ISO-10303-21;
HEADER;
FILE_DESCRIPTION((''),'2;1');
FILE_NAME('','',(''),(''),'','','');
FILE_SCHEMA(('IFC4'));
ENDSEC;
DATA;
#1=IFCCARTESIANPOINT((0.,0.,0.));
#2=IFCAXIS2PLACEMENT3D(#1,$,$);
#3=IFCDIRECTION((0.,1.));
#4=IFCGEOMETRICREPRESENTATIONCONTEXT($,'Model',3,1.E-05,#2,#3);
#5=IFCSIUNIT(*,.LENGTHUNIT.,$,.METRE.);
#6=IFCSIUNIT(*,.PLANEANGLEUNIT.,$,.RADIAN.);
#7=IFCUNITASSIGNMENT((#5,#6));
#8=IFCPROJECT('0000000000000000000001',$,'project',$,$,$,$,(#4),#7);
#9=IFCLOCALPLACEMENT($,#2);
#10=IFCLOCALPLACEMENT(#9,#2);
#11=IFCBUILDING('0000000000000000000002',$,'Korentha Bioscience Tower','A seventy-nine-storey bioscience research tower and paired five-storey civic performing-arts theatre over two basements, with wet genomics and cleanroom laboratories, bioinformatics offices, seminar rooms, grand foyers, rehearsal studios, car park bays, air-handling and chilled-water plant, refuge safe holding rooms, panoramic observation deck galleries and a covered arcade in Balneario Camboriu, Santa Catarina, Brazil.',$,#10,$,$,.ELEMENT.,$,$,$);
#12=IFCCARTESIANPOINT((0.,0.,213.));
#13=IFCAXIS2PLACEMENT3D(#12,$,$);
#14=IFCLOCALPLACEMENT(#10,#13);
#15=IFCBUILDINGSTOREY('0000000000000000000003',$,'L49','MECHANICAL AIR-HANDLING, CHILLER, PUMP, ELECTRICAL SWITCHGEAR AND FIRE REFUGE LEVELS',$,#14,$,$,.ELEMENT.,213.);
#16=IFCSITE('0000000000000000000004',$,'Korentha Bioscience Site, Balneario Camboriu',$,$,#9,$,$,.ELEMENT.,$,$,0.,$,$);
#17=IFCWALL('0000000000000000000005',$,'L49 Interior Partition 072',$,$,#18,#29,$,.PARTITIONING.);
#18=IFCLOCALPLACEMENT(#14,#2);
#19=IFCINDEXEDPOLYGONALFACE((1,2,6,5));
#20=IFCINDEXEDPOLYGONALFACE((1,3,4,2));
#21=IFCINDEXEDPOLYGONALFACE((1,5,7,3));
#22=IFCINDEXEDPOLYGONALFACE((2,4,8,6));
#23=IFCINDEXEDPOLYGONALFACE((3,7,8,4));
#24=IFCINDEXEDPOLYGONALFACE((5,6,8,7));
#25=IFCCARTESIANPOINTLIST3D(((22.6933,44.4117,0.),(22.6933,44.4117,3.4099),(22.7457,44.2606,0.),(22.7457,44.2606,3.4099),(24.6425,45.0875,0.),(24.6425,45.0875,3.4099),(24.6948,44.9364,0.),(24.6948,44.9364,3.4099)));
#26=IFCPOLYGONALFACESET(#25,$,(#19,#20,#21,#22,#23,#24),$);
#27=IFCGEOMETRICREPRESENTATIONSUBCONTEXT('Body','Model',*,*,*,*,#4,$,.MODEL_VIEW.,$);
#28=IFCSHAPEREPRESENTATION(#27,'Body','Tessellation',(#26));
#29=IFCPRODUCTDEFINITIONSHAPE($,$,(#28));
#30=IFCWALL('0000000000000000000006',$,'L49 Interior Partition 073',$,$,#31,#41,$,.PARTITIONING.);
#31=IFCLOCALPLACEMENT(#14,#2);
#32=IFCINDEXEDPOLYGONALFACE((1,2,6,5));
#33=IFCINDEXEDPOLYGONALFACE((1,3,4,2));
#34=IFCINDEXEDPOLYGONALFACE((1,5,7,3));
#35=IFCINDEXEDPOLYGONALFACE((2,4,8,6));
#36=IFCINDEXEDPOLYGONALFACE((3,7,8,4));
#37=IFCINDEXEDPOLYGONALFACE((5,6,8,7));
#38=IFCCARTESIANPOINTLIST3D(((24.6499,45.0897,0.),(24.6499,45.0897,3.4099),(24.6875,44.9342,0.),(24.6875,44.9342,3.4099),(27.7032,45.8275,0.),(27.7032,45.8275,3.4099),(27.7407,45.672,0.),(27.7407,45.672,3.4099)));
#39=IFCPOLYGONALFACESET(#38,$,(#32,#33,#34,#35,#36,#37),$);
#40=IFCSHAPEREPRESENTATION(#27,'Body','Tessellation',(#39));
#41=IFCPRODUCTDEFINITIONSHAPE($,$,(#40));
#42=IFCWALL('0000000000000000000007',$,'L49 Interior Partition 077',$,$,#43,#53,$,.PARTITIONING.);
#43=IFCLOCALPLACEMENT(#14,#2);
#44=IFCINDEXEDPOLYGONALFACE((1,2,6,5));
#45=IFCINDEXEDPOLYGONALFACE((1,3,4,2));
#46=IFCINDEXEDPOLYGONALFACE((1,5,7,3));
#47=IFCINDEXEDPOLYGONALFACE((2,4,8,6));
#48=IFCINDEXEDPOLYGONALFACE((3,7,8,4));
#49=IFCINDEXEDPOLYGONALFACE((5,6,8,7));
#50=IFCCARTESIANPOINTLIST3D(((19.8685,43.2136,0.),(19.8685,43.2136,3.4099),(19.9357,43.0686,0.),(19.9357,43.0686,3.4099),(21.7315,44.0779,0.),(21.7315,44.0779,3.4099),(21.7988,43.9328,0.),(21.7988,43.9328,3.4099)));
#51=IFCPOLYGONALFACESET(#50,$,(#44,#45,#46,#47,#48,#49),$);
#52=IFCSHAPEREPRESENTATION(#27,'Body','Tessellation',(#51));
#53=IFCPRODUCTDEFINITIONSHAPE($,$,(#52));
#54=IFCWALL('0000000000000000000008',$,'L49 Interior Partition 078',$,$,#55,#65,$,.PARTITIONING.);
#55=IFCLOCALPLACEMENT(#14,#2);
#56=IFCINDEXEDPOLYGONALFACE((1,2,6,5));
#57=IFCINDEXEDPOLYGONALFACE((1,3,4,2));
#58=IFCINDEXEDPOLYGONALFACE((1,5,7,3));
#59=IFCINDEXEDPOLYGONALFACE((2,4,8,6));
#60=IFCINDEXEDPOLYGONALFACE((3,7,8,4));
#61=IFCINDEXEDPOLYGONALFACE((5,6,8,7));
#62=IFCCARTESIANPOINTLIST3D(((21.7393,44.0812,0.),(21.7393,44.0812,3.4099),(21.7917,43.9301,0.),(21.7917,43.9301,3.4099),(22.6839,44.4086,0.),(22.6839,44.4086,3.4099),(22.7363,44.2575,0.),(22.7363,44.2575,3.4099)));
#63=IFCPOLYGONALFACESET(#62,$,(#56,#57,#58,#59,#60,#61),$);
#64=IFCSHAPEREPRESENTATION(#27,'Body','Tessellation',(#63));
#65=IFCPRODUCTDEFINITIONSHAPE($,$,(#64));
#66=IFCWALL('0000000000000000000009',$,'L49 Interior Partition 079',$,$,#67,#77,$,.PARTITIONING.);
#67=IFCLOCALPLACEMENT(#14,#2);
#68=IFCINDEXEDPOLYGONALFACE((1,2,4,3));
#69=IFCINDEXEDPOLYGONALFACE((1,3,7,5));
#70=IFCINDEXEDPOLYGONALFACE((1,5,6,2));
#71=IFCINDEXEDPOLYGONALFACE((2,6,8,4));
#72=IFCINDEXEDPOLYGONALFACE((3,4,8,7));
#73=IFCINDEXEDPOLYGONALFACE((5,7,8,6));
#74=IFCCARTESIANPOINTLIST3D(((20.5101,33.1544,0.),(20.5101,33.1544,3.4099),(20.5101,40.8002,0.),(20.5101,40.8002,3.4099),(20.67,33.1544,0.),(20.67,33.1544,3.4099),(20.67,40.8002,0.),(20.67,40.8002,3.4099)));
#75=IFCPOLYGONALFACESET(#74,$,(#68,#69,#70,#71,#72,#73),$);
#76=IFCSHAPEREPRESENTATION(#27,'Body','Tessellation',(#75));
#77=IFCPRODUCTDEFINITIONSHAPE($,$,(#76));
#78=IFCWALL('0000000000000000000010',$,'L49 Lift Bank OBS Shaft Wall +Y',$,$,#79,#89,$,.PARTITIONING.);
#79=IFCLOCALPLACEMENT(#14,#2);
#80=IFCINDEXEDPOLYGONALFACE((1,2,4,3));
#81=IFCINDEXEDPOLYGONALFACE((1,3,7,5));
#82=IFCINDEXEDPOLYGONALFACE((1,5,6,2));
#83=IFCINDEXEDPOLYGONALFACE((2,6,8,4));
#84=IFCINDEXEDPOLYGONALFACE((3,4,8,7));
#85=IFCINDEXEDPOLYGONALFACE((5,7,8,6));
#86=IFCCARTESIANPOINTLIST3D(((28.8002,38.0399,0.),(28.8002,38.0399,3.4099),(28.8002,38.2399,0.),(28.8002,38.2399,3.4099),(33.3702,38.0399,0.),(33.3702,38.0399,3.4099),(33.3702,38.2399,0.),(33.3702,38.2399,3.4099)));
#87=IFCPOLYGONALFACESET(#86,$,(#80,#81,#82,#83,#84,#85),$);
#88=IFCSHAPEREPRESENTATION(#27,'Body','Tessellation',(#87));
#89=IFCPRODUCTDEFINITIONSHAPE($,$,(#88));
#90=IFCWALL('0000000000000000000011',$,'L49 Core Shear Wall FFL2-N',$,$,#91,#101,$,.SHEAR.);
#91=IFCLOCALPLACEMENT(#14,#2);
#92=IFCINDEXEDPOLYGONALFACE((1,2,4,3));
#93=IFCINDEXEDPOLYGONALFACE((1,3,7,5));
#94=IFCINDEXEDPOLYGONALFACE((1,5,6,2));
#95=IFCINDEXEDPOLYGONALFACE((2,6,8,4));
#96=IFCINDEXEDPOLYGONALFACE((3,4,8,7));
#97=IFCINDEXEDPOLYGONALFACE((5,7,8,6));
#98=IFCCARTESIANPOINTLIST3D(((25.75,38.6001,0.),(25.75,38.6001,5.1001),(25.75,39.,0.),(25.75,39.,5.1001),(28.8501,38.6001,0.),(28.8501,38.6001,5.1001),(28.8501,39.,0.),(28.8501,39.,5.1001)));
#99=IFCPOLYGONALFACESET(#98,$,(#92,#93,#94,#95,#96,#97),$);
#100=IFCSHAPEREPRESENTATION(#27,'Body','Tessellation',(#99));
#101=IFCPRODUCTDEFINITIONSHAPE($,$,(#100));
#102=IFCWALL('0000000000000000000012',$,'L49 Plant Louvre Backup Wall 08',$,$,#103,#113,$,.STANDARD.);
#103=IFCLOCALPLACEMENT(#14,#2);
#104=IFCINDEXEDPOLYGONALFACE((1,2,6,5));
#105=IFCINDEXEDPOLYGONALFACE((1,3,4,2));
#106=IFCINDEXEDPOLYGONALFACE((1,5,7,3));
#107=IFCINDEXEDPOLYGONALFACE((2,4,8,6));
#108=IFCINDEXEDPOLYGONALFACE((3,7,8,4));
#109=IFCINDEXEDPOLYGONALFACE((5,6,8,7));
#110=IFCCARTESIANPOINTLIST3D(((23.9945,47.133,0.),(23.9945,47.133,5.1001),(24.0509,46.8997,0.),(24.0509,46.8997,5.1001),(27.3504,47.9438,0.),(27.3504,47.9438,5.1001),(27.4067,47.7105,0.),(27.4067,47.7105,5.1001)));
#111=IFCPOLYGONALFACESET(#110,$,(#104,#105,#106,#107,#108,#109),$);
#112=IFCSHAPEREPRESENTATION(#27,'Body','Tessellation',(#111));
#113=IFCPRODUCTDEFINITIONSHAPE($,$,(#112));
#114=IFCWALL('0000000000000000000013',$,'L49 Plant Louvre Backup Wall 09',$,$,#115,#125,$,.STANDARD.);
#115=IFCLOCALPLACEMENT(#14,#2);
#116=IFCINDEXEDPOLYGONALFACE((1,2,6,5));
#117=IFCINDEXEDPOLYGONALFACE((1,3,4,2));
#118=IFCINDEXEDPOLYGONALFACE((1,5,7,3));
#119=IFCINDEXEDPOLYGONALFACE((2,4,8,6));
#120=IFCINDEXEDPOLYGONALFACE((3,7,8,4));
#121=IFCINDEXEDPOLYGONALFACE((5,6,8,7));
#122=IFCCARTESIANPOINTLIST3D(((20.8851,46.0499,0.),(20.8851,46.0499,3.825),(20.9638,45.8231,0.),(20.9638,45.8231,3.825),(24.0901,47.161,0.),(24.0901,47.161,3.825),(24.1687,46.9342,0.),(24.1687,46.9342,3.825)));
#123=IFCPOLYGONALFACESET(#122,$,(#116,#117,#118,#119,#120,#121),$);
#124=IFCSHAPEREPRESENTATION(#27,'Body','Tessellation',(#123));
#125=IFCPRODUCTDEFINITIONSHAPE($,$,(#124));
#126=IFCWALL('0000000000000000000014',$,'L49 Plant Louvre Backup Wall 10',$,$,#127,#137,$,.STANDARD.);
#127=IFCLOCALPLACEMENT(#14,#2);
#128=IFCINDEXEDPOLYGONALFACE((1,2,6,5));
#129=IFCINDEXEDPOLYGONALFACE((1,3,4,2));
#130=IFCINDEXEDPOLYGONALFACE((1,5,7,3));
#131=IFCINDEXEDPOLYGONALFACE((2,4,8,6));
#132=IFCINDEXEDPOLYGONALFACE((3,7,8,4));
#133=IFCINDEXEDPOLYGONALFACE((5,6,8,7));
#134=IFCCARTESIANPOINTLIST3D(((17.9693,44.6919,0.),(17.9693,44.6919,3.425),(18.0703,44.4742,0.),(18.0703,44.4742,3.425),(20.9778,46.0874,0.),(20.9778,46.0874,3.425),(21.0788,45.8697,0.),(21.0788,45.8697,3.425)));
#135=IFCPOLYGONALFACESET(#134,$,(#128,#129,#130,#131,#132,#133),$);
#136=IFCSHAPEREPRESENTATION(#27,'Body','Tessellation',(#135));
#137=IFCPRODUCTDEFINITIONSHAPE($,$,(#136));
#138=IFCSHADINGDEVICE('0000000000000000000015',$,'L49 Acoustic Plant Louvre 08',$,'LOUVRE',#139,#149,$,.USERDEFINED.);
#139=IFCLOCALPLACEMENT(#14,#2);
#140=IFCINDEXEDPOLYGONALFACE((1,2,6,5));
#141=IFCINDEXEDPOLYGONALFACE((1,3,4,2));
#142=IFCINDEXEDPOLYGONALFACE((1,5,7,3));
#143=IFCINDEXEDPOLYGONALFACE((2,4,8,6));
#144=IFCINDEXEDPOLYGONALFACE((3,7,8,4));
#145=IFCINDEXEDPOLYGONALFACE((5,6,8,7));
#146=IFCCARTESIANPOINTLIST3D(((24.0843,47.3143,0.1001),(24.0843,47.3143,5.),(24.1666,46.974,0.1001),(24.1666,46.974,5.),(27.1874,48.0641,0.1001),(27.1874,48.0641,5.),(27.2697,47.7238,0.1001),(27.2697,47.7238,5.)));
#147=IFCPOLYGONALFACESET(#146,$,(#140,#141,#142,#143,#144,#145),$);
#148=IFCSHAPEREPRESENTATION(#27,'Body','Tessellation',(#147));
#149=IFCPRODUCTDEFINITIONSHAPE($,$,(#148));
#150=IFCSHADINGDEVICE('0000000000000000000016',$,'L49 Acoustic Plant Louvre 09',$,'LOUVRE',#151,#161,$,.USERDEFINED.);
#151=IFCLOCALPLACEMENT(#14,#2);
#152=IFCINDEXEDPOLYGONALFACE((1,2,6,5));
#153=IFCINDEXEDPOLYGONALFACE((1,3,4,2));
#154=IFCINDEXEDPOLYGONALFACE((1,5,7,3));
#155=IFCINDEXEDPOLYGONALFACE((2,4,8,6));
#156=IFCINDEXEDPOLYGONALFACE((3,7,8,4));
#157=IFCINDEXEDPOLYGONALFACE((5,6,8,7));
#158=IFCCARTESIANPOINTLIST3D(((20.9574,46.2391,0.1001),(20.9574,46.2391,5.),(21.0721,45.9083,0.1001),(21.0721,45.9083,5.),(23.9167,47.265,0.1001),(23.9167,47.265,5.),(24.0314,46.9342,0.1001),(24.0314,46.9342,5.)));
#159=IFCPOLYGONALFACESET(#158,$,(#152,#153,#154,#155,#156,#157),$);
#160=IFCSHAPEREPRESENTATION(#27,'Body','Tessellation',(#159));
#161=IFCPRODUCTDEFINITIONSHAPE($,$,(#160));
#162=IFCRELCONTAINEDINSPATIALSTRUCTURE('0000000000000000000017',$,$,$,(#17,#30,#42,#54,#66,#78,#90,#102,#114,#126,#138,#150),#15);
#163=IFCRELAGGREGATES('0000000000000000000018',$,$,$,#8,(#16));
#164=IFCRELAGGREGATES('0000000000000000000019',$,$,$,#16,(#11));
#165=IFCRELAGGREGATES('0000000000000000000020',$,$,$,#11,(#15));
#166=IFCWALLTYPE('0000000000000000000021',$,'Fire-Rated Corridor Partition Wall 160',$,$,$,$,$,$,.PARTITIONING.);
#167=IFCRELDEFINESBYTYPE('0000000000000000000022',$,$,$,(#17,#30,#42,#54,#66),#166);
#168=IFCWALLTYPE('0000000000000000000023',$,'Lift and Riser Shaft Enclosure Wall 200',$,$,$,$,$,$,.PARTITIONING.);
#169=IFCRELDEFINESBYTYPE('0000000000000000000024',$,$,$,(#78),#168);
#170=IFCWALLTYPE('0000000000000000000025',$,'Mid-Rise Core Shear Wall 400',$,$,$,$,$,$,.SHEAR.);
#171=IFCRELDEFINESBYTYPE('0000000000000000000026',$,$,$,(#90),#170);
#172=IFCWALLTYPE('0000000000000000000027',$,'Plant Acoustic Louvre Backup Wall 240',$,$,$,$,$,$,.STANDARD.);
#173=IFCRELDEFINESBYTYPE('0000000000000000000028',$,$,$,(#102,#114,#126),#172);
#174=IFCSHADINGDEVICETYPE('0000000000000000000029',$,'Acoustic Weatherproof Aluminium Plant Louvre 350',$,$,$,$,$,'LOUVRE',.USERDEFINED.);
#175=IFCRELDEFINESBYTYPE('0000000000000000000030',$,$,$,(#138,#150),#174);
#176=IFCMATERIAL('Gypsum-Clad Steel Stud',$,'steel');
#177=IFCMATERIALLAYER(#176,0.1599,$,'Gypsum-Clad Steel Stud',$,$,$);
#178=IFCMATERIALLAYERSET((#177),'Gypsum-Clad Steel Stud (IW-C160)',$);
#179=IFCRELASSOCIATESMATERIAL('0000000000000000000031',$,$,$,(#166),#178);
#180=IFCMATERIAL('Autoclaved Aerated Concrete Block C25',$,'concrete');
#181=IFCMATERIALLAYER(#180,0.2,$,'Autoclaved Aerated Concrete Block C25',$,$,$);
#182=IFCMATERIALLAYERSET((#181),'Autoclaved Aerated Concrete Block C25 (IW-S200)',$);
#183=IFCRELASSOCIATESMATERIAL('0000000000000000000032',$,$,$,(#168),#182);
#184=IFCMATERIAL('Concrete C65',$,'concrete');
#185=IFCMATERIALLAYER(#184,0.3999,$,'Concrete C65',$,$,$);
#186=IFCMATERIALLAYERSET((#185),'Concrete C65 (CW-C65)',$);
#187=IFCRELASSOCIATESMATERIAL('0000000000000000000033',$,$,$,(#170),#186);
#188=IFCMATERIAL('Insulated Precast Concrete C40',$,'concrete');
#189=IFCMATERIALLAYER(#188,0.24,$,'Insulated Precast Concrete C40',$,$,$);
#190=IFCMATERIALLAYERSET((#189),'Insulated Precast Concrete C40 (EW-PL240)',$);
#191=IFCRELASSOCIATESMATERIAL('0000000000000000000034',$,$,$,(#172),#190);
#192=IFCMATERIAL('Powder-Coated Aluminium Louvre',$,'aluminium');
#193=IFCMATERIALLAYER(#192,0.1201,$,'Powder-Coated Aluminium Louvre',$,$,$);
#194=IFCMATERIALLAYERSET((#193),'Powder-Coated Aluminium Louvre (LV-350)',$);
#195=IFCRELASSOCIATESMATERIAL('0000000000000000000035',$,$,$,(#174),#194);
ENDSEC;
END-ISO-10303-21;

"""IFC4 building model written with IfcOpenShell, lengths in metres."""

from ifc_helpers import new_model, si_unit, direction, frame, frame_2d, origin, origin_2d, place, context, subcontext, project, spatial, rectangle, extrude, material, layer, layer_set, type_object, element, save


model = new_model("IFC4")

# Units and contexts
model_context = context("Model", 3, precision=1e-05, world=origin(), true_north=direction((0.0, 1.0)))
body_context = subcontext(model_context, "Body", "Model", "MODEL_VIEW")
ifc_project = project(units=[si_unit("LENGTHUNIT", "METRE"), si_unit("PLANEANGLEUNIT", "RADIAN")], contexts=[model_context])

# Site, building, storey
site_placement = place(None, origin())
site = spatial("IfcSite", under=ifc_project, at=site_placement, Name="Korentha Bioscience Site, Balneario Camboriu", CompositionType="ELEMENT", RefElevation=0.0)
building_placement = place(site_placement, origin())
building = spatial("IfcBuilding", under=site, at=building_placement, Name="Korentha Bioscience Tower", Description="A seventy-nine-storey bioscience research tower and paired five-storey civic performing-arts theatre over two basements, with wet genomics and cleanroom laboratories, bioinformatics offices, seminar rooms, grand foyers, rehearsal studios, car park bays, air-handling and chilled-water plant, refuge safe holding rooms, panoramic observation deck galleries and a covered arcade in Balneario Camboriu, Santa Catarina, Brazil.", CompositionType="ELEMENT")
storey_placement = place(building_placement, frame((0.0, 0.0, 213.0)))
storey = spatial("IfcBuildingStorey", under=building, at=storey_placement, Name="L49", Description="MECHANICAL AIR-HANDLING, CHILLER, PUMP, ELECTRICAL SWITCHGEAR AND FIRE REFUGE LEVELS", CompositionType="ELEMENT", Elevation=213.0)

# Shared definitions
ifc_material_1 = material(Name="Concrete C65", Category="concrete")

# Shared definitions
ifc_material_2 = material(Name="Gypsum-Clad Steel Stud", Category="steel")
ifc_layer_1 = layer(ifc_material_2, 0.1599, Name="Gypsum-Clad Steel Stud")
ifc_layer_set_1 = layer_set([ifc_layer_1], Name="Gypsum-Clad Steel Stud (IW-C160)")
wall_type_1 = type_object("IfcWallType", Name="Fire-Rated Corridor Partition Wall 160", PredefinedType="PARTITIONING", material=ifc_layer_set_1)

# Walls
wall_1_placement = place(storey_placement, frame((22.7195, 44.3362, 0.0), z_axis=(0.0, 0.0, 1.0), x_axis=(0.944828, 0.327566, 0.0)))
element("IfcWall", 1, at=wall_1_placement, inside=storey, type_object=wall_type_1, Name="L49 Interior Partition 072", PredefinedType="PARTITIONING", context=body_context, shape_type="SweptSolid", body=[
    extrude(rectangle(XDim=2.063, YDim=0.1599, at=frame_2d((1.0315, 0.0))), origin(), (0.0, 0.0, 1.0), 3.4099),
])
wall_2_placement = place(storey_placement, frame((24.6687, 45.012, 0.0), z_axis=(0.0, 0.0, 1.0), x_axis=(0.972023, 0.234884, 0.0)))
element("IfcWall", 2, at=wall_2_placement, inside=storey, type_object=wall_type_1, Name="L49 Interior Partition 073", PredefinedType="PARTITIONING", context=body_context, shape_type="SweptSolid", body=[
    extrude(rectangle(XDim=3.1411, YDim=0.1599, at=frame_2d((1.5706, 0.0))), origin(), (0.0, 0.0, 1.0), 3.4099),
])
wall_3_placement = place(storey_placement, frame((19.9021, 43.1411, 0.0), z_axis=(0.0, 0.0, 1.0), x_axis=(0.907144, 0.420821, 0.0)))
element("IfcWall", 3, at=wall_3_placement, inside=storey, type_object=wall_type_1, Name="L49 Interior Partition 077", PredefinedType="PARTITIONING", context=body_context, shape_type="SweptSolid", body=[
    extrude(rectangle(XDim=2.0537, YDim=0.1599, at=frame_2d((1.0269, 0.0))), origin(), (0.0, 0.0, 1.0), 3.4099),
])
wall_4_placement = place(storey_placement, frame((21.7654, 44.0056, 0.0), z_axis=(0.0, 0.0, 1.0), x_axis=(0.944855, 0.327488, 0.0)))
element("IfcWall", 4, at=wall_4_placement, inside=storey, type_object=wall_type_1, Name="L49 Interior Partition 078", PredefinedType="PARTITIONING", context=body_context, shape_type="SweptSolid", body=[
    extrude(rectangle(XDim=0.9998, YDim=0.1599, at=frame_2d((0.5, 0.0))), origin(), (0.0, 0.0, 1.0), 3.4099),
])
wall_5_placement = place(storey_placement, frame((20.5901, 40.8, 0.0), z_axis=(0.0, 0.0, 1.0), x_axis=(0.0, -1.0, 0.0)))
element("IfcWall", 5, at=wall_5_placement, inside=storey, type_object=wall_type_1, Name="L49 Interior Partition 079", PredefinedType="PARTITIONING", context=body_context, shape_type="SweptSolid", body=[
    extrude(rectangle(XDim=7.6458, YDim=0.1599, at=frame_2d((3.8228, 0.0))), origin(), (0.0, 0.0, 1.0), 3.4099),
])
ifc_material_3 = material(Name="Autoclaved Aerated Concrete Block C25", Category="concrete")
ifc_layer_2 = layer(ifc_material_3, 0.2, Name="Autoclaved Aerated Concrete Block C25")
ifc_layer_set_2 = layer_set([ifc_layer_2], Name="Autoclaved Aerated Concrete Block C25 (IW-S200)")
wall_type_2 = type_object("IfcWallType", Name="Lift and Riser Shaft Enclosure Wall 200", PredefinedType="PARTITIONING", material=ifc_layer_set_2)
wall_6_placement = place(storey_placement, frame((28.8, 38.1399, 0.0), z_axis=(0.0, 0.0, 1.0), x_axis=(1.0, 0.0, 0.0)))
element("IfcWall", 6, at=wall_6_placement, inside=storey, type_object=wall_type_2, Name="L49 Lift Bank OBS Shaft Wall +Y", PredefinedType="PARTITIONING", context=body_context, shape_type="SweptSolid", body=[
    extrude(rectangle(XDim=4.5701, YDim=0.2, at=frame_2d((2.2852, 0.0))), origin(), (0.0, 0.0, 1.0), 3.4099),
])
ifc_layer_3 = layer(ifc_material_1, 0.3999, Name="Concrete C65")
ifc_layer_set_3 = layer_set([ifc_layer_3], Name="Concrete C65 (CW-C65)")
wall_type_3 = type_object("IfcWallType", Name="Mid-Rise Core Shear Wall 400", PredefinedType="SHEAR", material=ifc_layer_set_3)
wall_7_placement = place(storey_placement, frame((25.75, 38.8, 0.0), z_axis=(0.0, 0.0, 1.0), x_axis=(1.0, 0.0, 0.0)))
element("IfcWall", 7, at=wall_7_placement, inside=storey, type_object=wall_type_3, Name="L49 Core Shear Wall FFL2-N", PredefinedType="SHEAR", context=body_context, shape_type="SweptSolid", body=[
    extrude(rectangle(XDim=3.1001, YDim=0.3999, at=frame_2d((1.55, 0.0))), origin(), (0.0, 0.0, 1.0), 5.1001),
])
ifc_material_4 = material(Name="Insulated Precast Concrete C40", Category="concrete")
ifc_layer_4 = layer(ifc_material_4, 0.24, Name="Insulated Precast Concrete C40")
ifc_layer_set_4 = layer_set([ifc_layer_4], Name="Insulated Precast Concrete C40 (EW-PL240)")
wall_type_4 = type_object("IfcWallType", Name="Plant Acoustic Louvre Backup Wall 240", PredefinedType="STANDARD", material=ifc_layer_set_4)
wall_8_placement = place(storey_placement, frame((27.3784, 47.8271, 0.0), z_axis=(0.0, 0.0, 1.0), x_axis=(-0.97203, -0.234857, 0.0)))
element("IfcWall", 8, at=wall_8_placement, inside=storey, type_object=wall_type_4, Name="L49 Plant Louvre Backup Wall 08", PredefinedType="STANDARD", context=body_context, shape_type="SweptSolid", body=[
    extrude(rectangle(XDim=3.4524, YDim=0.24, at=frame_2d((1.7261, 0.0))), origin(), (0.0, 0.0, 1.0), 5.1001),
])
wall_9_placement = place(storey_placement, frame((24.1294, 47.0476, 0.0), z_axis=(0.0, 0.0, 1.0), x_axis=(-0.944829, -0.327563, 0.0)))
element("IfcWall", 9, at=wall_9_placement, inside=storey, type_object=wall_type_4, Name="L49 Plant Louvre Backup Wall 09", PredefinedType="STANDARD", context=body_context, shape_type="SweptSolid", body=[
    extrude(rectangle(XDim=3.3921, YDim=0.24, at=frame_2d((1.696, 0.0))), origin(), (0.0, 0.0, 1.0), 3.825),
])
wall_10_placement = place(storey_placement, frame((21.0283, 45.9785, 0.0), z_axis=(0.0, 0.0, 1.0), x_axis=(-0.907161, -0.420785, 0.0)))
element("IfcWall", 10, at=wall_10_placement, inside=storey, type_object=wall_type_4, Name="L49 Plant Louvre Backup Wall 10", PredefinedType="STANDARD", context=body_context, shape_type="SweptSolid", body=[
    extrude(rectangle(XDim=3.3164, YDim=0.24, at=frame_2d((1.6582, 0.0))), origin(), (0.0, 0.0, 1.0), 3.425),
])

# Shading devices
ifc_material_5 = material(Name="Powder-Coated Aluminium Louvre", Category="aluminium")
ifc_layer_5 = layer(ifc_material_5, 0.1201, Name="Powder-Coated Aluminium Louvre")
ifc_layer_set_5 = layer_set([ifc_layer_5], Name="Powder-Coated Aluminium Louvre (LV-350)")
shading_device_type = type_object("IfcShadingDeviceType", Name="Acoustic Weatherproof Aluminium Plant Louvre 350", ElementType="LOUVRE", PredefinedType="USERDEFINED", material=ifc_layer_set_5)
shading_device_1_placement = place(storey_placement, frame((25.677, 47.519, 0.1001), z_axis=(0.0, 0.0, 1.0), x_axis=(-0.972025, -0.234878, 0.0)))
element("IfcShadingDevice", 11, at=shading_device_1_placement, inside=storey, type_object=shading_device_type, Name="L49 Acoustic Plant Louvre 08", ObjectType="LOUVRE", PredefinedType="USERDEFINED", context=body_context, shape_type="SweptSolid", body=[
    extrude(rectangle(XDim=3.1924, YDim=0.3501, at=origin_2d()), origin(), (0.0, 0.0, 1.0), 4.8999),
])
shading_device_2_placement = place(storey_placement, frame((22.4944, 46.5867, 0.1001), z_axis=(0.0, 0.0, 1.0), x_axis=(-0.94484, -0.327532, 0.0)))
element("IfcShadingDevice", 12, at=shading_device_2_placement, inside=storey, type_object=shading_device_type, Name="L49 Acoustic Plant Louvre 09", ObjectType="LOUVRE", PredefinedType="USERDEFINED", context=body_context, shape_type="SweptSolid", body=[
    extrude(rectangle(XDim=3.1321, YDim=0.3501, at=origin_2d()), origin(), (0.0, 0.0, 1.0), 4.8999),
])

save(model, "model.ifc")
